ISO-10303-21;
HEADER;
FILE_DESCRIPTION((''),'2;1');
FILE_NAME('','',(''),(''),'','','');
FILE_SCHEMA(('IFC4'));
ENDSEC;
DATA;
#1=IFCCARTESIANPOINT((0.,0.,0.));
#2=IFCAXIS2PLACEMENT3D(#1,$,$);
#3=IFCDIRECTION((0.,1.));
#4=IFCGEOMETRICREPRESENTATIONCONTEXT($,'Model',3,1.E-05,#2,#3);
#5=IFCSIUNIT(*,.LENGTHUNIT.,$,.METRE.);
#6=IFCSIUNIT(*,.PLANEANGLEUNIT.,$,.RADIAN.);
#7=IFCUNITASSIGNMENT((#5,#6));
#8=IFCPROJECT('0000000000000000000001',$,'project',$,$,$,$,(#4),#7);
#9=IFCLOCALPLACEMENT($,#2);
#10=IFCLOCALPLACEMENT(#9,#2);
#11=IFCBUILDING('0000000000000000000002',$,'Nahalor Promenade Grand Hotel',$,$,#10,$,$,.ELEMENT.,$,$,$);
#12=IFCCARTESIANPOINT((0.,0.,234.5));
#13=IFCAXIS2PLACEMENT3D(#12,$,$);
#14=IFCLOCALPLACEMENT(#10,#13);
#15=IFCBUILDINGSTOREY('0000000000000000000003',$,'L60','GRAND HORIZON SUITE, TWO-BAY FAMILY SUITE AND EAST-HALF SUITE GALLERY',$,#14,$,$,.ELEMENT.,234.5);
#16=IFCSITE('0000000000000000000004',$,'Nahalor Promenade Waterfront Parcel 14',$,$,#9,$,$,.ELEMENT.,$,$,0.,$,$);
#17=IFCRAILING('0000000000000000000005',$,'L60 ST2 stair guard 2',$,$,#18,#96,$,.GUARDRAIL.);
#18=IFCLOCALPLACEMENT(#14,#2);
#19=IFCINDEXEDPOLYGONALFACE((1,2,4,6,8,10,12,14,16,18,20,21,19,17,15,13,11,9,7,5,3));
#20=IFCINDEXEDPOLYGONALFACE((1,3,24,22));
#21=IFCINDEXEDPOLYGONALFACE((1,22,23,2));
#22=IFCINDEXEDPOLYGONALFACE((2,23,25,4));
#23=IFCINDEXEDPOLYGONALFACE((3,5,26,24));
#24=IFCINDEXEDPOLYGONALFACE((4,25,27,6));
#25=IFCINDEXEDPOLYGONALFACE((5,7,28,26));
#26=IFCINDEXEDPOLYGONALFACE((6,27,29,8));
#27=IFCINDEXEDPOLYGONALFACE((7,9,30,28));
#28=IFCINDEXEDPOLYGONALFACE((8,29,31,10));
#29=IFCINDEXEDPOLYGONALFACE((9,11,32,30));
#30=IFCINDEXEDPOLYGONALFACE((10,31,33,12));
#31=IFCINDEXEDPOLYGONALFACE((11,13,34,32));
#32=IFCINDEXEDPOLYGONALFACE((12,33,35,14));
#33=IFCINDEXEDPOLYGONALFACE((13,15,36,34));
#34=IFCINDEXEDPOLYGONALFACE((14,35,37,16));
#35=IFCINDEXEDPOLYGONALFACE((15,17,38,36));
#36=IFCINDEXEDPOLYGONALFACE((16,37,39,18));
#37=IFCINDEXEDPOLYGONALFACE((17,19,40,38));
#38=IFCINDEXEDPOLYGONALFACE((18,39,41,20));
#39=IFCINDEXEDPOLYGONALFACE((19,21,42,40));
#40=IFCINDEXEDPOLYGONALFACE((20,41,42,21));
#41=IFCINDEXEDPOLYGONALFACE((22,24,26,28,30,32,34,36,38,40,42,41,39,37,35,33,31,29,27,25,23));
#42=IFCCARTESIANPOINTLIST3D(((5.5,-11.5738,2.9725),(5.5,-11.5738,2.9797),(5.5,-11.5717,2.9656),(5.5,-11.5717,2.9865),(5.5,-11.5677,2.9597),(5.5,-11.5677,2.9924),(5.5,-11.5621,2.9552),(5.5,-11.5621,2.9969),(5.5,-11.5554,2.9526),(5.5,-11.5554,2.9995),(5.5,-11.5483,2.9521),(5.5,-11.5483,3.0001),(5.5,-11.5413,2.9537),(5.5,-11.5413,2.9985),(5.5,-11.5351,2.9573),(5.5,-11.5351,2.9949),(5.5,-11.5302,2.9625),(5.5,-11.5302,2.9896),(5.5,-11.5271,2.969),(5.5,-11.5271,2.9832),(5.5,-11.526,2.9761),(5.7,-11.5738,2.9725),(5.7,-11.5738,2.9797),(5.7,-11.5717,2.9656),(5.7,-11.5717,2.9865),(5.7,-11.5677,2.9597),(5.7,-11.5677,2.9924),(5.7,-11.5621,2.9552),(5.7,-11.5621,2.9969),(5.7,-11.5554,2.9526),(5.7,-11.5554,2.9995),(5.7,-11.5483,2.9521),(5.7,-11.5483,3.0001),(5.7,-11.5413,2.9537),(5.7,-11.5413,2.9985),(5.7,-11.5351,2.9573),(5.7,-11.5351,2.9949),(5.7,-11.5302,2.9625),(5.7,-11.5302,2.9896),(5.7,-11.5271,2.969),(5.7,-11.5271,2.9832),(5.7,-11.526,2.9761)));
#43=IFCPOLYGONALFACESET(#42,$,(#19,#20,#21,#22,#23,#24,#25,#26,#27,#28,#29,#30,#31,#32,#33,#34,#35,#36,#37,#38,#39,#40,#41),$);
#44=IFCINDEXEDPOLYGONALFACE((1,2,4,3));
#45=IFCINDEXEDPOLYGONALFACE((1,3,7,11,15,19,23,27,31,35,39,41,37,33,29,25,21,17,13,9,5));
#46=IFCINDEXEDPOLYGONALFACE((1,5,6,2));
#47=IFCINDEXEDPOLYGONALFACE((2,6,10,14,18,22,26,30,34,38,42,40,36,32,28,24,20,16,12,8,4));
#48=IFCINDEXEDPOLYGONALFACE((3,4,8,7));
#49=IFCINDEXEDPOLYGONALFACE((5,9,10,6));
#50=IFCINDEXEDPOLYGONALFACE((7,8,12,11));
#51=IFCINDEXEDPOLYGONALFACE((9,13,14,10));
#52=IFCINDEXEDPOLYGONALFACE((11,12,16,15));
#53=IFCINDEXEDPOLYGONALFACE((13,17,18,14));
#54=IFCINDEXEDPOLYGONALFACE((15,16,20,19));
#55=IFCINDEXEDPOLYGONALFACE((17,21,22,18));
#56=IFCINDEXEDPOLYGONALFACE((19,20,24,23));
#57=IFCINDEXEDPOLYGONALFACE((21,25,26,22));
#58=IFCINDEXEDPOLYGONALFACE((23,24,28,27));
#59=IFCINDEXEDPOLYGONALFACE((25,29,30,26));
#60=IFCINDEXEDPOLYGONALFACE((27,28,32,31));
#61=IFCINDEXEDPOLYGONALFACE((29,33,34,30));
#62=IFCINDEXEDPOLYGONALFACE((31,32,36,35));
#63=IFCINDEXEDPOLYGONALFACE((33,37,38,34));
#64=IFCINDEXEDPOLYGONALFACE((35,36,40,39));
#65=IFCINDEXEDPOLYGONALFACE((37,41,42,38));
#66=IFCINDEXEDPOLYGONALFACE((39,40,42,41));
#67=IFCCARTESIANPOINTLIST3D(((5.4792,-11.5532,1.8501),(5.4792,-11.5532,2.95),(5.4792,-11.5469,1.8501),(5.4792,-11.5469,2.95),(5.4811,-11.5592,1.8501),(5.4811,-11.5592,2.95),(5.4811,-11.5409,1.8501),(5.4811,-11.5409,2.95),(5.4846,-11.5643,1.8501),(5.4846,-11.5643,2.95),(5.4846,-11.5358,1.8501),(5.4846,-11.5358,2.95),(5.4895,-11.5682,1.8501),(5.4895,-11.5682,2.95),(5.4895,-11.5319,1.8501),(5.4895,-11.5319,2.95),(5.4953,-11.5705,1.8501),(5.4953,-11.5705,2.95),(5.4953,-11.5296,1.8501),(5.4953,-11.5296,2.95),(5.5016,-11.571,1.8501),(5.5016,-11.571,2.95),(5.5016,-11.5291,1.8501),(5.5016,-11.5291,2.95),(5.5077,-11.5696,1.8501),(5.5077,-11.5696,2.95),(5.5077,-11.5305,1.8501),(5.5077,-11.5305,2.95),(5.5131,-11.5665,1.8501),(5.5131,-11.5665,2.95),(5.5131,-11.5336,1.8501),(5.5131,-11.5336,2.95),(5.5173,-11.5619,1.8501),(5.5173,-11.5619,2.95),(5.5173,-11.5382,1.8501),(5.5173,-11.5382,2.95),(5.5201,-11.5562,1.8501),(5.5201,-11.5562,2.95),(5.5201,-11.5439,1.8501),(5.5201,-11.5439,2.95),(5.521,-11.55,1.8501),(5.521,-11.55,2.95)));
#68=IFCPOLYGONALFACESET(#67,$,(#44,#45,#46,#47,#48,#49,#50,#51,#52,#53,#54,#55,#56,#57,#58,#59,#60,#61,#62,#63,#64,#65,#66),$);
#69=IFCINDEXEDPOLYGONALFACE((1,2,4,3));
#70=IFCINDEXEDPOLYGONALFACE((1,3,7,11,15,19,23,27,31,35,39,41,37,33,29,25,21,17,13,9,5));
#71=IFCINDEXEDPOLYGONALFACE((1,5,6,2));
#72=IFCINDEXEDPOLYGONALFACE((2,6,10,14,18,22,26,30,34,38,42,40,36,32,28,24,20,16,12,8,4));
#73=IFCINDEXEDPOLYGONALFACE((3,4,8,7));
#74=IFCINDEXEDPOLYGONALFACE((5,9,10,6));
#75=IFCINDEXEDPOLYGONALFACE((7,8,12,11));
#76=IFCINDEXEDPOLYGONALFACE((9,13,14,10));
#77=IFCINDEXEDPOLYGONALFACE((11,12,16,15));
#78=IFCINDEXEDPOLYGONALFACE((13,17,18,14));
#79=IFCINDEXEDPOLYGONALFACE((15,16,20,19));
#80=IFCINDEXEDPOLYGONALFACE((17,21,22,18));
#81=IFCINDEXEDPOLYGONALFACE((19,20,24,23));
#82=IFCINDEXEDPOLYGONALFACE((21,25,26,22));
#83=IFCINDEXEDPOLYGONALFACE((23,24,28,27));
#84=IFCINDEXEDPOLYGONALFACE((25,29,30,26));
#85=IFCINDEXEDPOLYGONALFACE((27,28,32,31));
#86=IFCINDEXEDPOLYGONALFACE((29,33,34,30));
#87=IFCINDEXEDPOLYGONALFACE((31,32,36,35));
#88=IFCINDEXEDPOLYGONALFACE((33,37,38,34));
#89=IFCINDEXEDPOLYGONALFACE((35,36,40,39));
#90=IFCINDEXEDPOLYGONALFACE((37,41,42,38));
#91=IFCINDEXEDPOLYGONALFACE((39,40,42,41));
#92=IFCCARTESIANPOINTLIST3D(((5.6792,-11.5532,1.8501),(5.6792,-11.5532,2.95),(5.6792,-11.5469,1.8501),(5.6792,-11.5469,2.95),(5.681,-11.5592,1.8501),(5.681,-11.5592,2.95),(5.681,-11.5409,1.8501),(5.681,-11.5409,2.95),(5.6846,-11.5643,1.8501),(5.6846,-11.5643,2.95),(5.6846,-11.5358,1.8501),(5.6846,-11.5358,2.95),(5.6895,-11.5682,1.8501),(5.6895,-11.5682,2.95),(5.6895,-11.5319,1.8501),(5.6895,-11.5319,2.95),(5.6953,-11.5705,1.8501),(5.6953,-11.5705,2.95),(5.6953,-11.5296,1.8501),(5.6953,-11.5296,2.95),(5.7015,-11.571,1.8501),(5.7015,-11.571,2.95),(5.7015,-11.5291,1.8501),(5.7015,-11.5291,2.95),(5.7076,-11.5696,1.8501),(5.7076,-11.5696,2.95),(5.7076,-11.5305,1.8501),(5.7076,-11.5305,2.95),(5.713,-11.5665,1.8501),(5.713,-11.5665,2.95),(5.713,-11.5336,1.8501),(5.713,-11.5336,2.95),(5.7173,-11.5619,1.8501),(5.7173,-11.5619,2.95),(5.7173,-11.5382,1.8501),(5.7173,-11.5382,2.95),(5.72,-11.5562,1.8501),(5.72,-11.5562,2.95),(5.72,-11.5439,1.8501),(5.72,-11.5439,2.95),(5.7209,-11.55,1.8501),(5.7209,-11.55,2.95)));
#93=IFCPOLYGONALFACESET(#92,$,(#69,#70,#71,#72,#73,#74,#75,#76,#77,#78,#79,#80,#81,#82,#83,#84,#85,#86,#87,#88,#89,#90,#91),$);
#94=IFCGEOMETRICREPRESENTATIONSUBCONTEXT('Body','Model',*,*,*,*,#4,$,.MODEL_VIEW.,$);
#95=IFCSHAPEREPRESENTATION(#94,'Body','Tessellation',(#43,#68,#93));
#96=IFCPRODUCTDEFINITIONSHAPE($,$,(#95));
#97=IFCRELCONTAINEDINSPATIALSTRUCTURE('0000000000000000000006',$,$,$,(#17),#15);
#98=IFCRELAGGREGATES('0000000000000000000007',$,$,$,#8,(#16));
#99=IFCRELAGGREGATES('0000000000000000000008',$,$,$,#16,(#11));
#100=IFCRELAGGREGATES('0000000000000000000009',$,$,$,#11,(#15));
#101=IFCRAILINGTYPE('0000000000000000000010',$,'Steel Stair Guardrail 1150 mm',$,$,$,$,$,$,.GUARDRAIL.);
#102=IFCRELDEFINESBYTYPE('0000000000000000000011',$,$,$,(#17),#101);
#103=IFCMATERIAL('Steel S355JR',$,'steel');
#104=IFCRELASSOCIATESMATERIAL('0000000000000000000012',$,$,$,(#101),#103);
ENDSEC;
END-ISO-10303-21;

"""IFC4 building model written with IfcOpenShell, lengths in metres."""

from ifc_helpers import new_model, si_unit, direction, frame, origin, origin_2d, place, context, subcontext, project, spatial, circle, extrude, material, type_object, element, save


model = new_model("IFC4")

# Units and contexts
model_context = context("Model", 3, precision=1e-05, world=origin(), true_north=direction((0.0, 1.0)))
body_context = subcontext(model_context, "Body", "Model", "MODEL_VIEW")
ifc_project = project(units=[si_unit("LENGTHUNIT", "METRE"), si_unit("PLANEANGLEUNIT", "RADIAN")], contexts=[model_context])

# Site, building, storey
site_placement = place(None, origin())
site = spatial("IfcSite", under=ifc_project, at=site_placement, Name="Nahalor Promenade Waterfront Parcel 14", CompositionType="ELEMENT", RefElevation=0.0)
building_placement = place(site_placement, origin())
building = spatial("IfcBuilding", under=site, at=building_placement, Name="Nahalor Promenade Grand Hotel", CompositionType="ELEMENT")
storey_placement = place(building_placement, frame((0.0, 0.0, 234.5)))
storey = spatial("IfcBuildingStorey", under=building, at=storey_placement, Name="L60", Description="GRAND HORIZON SUITE, TWO-BAY FAMILY SUITE AND EAST-HALF SUITE GALLERY", CompositionType="ELEMENT", Elevation=234.5)

# Shared definitions
ifc_material_1 = material(Name="Steel S355JR", Category="steel")

# Railing
railing_type_1 = type_object("IfcRailingType", Name="Steel Stair Guardrail 1150 mm", PredefinedType="GUARDRAIL", material=ifc_material_1)
railing_1_placement = place(storey_placement, frame((5.5, -11.55, 1.8501)))
element("IfcRailing", 1, at=railing_1_placement, inside=storey, type_object=railing_type_1, Name="L60 ST2 stair guard 2", PredefinedType="GUARDRAIL", context=body_context, shape_type="SweptSolid", body=[
    extrude(circle(Radius=0.024, at=origin_2d()), frame((0.0, 0.0, 1.126), z_axis=(1.0, 0.0, 0.0), x_axis=(0.0, 1.0, 0.0)), (0.0, 0.0, 1.0), 0.2),
    extrude(circle(Radius=0.021, at=origin_2d()), origin(), (0.0, 0.0, 1.0), 1.0999),
    extrude(circle(Radius=0.021, at=origin_2d()), frame((0.2, 0.0, 0.0)), (0.0, 0.0, 1.0), 1.0999),
])

save(model, "model.ifc")
